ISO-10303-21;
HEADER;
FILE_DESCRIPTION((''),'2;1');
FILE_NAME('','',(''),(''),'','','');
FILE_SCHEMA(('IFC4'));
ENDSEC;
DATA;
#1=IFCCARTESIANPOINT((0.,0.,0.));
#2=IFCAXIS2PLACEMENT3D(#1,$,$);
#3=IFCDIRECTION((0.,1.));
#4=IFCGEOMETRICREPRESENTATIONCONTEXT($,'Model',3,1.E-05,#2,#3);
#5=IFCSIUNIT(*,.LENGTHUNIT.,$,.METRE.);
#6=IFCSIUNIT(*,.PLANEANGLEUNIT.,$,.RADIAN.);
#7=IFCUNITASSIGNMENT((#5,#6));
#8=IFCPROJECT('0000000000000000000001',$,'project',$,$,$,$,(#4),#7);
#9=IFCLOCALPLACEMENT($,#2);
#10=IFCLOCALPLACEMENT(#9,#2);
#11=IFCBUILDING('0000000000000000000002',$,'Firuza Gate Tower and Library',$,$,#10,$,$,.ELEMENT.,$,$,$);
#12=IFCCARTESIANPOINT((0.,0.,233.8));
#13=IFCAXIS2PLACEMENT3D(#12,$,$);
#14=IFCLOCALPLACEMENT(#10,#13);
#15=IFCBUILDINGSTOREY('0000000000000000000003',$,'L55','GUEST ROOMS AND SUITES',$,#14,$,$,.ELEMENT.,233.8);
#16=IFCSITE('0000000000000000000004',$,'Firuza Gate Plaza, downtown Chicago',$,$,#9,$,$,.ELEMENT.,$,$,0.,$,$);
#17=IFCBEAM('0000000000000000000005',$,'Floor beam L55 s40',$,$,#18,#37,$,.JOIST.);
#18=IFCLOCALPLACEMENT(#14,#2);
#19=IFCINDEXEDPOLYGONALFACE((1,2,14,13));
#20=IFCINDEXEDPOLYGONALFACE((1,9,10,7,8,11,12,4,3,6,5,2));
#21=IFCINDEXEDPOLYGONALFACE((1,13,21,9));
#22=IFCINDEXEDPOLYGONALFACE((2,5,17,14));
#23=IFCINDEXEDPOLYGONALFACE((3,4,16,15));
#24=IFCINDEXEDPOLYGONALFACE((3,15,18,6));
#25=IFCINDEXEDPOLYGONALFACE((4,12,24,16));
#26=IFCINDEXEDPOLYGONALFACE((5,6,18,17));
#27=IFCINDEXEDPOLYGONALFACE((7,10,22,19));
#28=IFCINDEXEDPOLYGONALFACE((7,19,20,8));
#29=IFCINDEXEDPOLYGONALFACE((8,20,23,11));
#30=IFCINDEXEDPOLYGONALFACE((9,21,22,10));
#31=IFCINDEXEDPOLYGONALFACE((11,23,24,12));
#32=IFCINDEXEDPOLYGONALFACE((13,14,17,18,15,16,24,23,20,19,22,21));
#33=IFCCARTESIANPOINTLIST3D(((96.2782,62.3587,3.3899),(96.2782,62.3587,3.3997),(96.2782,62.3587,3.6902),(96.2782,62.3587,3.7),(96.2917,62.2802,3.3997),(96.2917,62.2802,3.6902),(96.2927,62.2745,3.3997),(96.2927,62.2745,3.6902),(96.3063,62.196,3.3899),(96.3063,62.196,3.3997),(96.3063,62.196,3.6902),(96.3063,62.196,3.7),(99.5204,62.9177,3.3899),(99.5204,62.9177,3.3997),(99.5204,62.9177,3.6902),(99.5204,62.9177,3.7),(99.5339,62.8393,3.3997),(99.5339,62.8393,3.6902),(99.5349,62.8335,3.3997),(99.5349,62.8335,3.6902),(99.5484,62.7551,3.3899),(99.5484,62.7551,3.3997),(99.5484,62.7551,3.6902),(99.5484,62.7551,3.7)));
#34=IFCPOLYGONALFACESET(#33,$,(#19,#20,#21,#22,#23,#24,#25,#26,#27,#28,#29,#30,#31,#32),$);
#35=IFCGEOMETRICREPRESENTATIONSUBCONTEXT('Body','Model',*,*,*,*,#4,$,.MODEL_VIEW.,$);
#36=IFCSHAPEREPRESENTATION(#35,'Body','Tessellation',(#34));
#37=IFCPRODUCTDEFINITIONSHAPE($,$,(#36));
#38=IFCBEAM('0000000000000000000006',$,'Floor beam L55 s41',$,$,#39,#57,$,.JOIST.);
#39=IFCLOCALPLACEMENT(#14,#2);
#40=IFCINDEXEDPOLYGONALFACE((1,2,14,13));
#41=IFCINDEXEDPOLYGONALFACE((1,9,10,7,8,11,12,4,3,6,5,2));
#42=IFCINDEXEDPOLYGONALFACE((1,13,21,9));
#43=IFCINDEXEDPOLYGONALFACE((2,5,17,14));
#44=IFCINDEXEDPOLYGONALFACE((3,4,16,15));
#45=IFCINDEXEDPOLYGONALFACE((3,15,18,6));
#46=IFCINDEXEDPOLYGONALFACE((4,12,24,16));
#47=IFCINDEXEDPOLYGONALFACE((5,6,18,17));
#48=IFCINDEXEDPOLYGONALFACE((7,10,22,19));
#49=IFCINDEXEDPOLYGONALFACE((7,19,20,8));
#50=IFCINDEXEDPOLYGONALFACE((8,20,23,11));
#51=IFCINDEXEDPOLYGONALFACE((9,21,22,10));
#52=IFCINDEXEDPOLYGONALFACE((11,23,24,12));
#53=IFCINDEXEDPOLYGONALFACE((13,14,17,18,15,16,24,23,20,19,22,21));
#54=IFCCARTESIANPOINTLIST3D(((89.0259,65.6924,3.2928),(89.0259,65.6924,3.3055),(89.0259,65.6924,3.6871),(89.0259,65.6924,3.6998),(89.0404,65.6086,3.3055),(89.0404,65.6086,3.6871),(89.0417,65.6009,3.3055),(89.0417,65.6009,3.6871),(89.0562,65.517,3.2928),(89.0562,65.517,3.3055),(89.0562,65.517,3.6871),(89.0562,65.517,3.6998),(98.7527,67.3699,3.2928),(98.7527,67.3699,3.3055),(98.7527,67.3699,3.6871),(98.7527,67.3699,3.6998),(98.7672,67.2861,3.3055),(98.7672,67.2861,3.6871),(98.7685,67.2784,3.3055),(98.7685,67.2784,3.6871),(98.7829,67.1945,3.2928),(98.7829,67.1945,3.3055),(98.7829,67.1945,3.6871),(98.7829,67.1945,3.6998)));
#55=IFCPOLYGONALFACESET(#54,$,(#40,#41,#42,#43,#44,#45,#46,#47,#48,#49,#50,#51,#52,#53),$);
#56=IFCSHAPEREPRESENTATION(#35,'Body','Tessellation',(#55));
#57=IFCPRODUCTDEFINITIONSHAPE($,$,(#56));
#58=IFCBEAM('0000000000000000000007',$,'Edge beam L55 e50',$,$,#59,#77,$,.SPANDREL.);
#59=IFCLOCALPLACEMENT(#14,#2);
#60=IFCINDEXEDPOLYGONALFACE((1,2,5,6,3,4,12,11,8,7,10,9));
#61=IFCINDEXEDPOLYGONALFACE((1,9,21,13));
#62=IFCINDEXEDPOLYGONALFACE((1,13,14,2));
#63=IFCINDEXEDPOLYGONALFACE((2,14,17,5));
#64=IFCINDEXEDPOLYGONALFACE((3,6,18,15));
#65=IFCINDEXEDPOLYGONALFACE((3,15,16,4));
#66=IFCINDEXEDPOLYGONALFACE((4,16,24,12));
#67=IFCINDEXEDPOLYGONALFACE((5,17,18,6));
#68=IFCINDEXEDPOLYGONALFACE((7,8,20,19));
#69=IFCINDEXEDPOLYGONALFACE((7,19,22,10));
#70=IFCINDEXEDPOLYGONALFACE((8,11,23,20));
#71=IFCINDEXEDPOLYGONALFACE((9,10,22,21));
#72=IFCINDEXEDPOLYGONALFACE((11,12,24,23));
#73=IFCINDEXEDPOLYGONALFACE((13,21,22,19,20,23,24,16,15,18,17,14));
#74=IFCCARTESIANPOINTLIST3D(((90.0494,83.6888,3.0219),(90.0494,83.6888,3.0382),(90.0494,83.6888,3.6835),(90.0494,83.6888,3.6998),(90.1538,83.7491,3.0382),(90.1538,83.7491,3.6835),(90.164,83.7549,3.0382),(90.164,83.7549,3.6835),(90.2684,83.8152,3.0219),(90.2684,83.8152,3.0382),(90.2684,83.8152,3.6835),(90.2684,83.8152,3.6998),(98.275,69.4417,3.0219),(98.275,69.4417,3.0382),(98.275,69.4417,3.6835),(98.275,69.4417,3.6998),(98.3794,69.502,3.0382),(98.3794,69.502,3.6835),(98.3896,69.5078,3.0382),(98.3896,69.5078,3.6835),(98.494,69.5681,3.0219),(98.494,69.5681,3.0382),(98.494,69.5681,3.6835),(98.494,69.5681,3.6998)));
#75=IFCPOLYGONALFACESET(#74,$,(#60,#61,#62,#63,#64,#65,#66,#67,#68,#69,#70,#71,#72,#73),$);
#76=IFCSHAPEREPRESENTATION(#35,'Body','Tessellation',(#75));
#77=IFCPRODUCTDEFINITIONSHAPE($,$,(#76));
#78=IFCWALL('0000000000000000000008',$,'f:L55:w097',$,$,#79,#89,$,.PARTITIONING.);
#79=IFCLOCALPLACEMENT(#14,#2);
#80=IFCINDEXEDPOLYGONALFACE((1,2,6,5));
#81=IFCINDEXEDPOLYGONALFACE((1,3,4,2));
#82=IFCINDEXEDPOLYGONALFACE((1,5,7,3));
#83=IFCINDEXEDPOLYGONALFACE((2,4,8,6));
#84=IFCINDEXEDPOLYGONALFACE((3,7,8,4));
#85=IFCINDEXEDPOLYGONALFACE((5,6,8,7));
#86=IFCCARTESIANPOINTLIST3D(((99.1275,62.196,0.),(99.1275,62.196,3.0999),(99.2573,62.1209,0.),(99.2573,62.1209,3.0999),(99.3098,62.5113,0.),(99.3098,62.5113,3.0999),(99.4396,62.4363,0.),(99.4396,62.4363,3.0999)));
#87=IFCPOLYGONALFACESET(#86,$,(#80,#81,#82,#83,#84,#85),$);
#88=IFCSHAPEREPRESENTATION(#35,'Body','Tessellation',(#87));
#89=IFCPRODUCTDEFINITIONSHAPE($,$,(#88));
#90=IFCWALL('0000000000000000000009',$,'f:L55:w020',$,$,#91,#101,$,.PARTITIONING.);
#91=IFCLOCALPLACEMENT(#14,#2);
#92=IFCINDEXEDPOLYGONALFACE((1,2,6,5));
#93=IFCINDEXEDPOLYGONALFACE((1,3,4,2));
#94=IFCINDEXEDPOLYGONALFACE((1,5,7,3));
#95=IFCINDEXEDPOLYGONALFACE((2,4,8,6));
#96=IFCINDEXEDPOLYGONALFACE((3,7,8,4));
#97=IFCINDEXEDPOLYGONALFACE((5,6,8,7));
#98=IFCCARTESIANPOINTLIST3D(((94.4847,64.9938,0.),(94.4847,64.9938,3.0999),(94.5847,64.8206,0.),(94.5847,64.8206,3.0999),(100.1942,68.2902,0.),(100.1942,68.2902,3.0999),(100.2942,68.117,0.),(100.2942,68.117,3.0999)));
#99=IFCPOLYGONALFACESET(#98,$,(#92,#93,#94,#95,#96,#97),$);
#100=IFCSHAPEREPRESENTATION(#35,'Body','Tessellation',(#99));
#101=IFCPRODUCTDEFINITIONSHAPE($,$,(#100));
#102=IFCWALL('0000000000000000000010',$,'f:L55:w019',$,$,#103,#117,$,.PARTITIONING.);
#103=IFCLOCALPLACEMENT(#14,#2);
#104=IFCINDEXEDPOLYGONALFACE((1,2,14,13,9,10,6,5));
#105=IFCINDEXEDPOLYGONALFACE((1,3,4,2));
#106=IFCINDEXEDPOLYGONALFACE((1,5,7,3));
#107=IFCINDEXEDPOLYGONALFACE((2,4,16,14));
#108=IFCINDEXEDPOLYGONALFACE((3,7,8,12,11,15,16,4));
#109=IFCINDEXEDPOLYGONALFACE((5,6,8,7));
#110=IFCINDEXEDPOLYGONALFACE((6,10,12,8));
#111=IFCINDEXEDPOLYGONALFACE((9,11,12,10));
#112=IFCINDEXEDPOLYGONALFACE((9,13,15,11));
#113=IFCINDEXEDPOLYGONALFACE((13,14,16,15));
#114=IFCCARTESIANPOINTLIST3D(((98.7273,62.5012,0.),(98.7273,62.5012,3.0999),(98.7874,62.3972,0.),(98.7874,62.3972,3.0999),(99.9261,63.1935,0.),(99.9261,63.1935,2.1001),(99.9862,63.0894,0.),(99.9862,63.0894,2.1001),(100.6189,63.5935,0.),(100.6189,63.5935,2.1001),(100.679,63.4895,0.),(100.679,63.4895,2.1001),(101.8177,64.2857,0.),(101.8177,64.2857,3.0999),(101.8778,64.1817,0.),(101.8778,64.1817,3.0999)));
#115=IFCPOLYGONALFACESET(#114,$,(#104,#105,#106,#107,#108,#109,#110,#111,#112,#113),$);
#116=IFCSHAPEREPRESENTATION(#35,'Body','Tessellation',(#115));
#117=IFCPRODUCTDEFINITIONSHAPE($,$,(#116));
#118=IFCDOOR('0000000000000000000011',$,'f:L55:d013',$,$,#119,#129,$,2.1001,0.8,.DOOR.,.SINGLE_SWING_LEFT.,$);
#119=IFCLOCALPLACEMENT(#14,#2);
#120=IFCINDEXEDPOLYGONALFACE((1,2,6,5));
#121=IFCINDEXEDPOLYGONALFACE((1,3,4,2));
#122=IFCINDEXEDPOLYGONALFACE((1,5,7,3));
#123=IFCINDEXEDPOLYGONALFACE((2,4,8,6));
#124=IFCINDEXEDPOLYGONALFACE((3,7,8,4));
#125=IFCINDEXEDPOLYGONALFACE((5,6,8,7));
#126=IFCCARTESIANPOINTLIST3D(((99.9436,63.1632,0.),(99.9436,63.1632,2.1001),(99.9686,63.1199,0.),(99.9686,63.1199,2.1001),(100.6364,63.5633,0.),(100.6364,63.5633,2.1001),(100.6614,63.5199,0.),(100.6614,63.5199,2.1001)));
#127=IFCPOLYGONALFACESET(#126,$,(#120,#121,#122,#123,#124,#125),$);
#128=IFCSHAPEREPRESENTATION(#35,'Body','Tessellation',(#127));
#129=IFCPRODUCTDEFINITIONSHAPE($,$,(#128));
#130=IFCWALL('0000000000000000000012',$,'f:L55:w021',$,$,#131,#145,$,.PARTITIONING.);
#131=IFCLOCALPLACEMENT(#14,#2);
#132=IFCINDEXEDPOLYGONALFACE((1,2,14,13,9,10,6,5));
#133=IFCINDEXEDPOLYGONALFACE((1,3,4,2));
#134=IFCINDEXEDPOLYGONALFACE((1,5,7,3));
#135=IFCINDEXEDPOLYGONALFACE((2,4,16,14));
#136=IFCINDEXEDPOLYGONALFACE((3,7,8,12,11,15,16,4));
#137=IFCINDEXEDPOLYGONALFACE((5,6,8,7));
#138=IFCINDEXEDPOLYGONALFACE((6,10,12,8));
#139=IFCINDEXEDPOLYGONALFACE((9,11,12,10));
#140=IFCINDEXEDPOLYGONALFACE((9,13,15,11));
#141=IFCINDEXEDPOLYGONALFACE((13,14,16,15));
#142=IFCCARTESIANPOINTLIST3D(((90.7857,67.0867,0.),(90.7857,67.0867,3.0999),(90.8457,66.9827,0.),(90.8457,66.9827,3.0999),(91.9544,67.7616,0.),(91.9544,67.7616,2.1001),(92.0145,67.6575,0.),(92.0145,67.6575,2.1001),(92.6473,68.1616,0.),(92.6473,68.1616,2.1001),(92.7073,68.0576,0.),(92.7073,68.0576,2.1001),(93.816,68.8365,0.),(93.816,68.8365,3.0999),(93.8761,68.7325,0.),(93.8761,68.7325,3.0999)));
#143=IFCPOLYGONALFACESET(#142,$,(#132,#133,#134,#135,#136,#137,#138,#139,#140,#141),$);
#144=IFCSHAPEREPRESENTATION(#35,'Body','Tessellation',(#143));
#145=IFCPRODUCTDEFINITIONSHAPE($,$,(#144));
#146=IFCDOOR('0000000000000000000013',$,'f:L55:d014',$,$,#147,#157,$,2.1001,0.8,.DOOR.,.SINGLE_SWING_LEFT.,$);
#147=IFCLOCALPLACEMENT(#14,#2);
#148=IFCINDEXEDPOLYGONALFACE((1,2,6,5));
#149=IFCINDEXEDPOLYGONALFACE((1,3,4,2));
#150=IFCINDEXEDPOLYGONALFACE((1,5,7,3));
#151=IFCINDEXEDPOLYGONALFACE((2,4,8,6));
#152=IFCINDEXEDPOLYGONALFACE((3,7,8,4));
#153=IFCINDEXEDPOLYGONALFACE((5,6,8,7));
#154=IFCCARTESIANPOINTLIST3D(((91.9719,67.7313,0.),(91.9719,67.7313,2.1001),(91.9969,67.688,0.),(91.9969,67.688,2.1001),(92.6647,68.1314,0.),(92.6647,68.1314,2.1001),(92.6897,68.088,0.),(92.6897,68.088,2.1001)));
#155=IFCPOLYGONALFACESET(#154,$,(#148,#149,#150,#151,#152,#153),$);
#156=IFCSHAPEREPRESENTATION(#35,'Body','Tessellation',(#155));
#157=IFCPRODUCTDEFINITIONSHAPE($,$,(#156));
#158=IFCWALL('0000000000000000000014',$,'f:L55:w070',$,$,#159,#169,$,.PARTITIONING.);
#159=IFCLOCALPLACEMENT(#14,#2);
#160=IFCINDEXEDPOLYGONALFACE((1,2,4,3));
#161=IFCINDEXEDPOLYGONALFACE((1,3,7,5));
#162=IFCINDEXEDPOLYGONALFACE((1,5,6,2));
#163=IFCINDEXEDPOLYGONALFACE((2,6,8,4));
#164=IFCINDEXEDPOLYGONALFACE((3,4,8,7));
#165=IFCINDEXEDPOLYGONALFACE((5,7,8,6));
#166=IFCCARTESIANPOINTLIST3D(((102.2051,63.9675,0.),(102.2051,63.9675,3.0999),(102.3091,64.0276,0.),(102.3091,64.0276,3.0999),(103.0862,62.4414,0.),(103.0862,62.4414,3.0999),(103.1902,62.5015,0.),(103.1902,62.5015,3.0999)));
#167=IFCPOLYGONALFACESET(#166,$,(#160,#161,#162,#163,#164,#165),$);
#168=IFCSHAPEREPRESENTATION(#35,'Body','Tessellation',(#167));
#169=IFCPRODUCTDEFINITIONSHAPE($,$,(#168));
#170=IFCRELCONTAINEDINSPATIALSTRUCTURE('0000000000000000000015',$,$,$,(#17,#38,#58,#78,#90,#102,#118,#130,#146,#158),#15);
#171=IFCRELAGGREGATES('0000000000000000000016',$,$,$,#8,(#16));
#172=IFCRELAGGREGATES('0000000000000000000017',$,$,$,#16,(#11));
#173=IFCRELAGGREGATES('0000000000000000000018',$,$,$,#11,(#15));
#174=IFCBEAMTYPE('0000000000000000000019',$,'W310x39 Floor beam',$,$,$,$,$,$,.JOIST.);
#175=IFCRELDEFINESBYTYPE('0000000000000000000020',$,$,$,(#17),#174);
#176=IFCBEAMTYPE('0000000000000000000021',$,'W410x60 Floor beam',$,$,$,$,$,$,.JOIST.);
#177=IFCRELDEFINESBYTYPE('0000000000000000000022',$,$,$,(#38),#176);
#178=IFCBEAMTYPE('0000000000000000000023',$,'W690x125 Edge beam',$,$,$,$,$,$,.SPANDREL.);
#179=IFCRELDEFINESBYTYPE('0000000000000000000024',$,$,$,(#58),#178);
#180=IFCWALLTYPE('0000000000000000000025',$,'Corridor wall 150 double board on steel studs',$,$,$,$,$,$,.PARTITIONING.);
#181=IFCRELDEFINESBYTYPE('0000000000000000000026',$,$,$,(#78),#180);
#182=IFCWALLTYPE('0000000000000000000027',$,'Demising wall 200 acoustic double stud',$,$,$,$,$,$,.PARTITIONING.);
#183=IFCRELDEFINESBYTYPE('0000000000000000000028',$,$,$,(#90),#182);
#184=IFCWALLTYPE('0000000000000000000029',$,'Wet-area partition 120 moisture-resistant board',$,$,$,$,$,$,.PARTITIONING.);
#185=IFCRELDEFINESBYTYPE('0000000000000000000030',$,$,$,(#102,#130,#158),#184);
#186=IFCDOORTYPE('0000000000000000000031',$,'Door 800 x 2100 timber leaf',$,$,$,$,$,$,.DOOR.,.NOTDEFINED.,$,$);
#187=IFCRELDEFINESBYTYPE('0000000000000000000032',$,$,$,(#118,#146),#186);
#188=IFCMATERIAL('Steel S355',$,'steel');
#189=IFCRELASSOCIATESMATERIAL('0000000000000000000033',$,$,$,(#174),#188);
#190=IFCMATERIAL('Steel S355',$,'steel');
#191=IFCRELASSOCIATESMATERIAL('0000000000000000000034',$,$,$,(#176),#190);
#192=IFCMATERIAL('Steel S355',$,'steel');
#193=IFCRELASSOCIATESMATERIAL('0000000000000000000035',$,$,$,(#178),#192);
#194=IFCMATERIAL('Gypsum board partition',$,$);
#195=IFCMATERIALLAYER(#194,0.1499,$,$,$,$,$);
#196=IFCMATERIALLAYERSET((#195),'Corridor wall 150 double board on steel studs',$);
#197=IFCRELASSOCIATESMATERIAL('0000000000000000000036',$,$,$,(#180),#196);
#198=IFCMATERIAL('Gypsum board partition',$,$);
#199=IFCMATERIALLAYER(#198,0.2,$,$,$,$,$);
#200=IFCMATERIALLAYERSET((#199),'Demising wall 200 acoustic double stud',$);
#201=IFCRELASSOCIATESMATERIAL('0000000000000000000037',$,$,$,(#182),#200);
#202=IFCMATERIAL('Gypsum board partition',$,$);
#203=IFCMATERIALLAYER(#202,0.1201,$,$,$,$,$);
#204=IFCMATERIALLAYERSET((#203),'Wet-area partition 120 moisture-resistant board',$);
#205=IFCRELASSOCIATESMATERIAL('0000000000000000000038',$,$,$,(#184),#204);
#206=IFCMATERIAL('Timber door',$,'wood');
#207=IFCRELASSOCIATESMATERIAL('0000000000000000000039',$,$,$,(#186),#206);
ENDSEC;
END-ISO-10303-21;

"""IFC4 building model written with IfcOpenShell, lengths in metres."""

from ifc_helpers import new_model, si_unit, direction, frame, frame_2d, origin, origin_2d, place, context, subcontext, project, spatial, rectangle, i_section, extrude, material, layer, layer_set, material_profile, profile_set, type_object, element, fill, save


model = new_model("IFC4")

# Units and contexts
model_context = context("Model", 3, precision=1e-05, world=origin(), true_north=direction((0.0, 1.0)))
body_context = subcontext(model_context, "Body", "Model", "MODEL_VIEW")
ifc_project = project(units=[si_unit("LENGTHUNIT", "METRE"), si_unit("PLANEANGLEUNIT", "RADIAN")], contexts=[model_context])

# Site, building, storey
site_placement = place(None, origin())
site = spatial("IfcSite", under=ifc_project, at=site_placement, Name="Firuza Gate Plaza, downtown Chicago", CompositionType="ELEMENT", RefElevation=0.0)
building_placement = place(site_placement, origin())
building = spatial("IfcBuilding", under=site, at=building_placement, Name="Firuza Gate Tower and Library", CompositionType="ELEMENT")
storey_placement = place(building_placement, frame((0.0, 0.0, 233.8)))
storey = spatial("IfcBuildingStorey", under=building, at=storey_placement, Name="L55", Description="GUEST ROOMS AND SUITES", CompositionType="ELEMENT", Elevation=233.8)

# Beams
ifc_material_1 = material(Name="Steel S355", Category="steel")
ifc_material_profile_1 = material_profile(ifc_material_1, i_section(OverallWidth=0.165, OverallDepth=0.3101, WebThickness=0.0059, FlangeThickness=0.0098, at=origin_2d()))
ifc_profile_set_1 = profile_set([ifc_material_profile_1], Name="Steel S355")
beam_type_1 = type_object("IfcBeamType", Name="W310x39 Floor beam", PredefinedType="JOIST", material=ifc_profile_set_1)
beam_1_placement = place(storey_placement, frame((99.5344, 62.8364, 3.5449), z_axis=(-0.985456, -0.169932, 0.0), x_axis=(0.169932, -0.985456, 0.0)))
element("IfcBeam", 1, at=beam_1_placement, inside=storey, type_object=beam_type_1, Name="Floor beam L55 s40", PredefinedType="JOIST", context=body_context, shape_type="SweptSolid", body=[
    extrude(i_section(OverallWidth=0.165, OverallDepth=0.3101, WebThickness=0.0059, FlangeThickness=0.0098, at=origin_2d()), origin(), (0.0, 0.0, 1.0), 3.29),
])
ifc_material_2 = material(Name="Steel S355", Category="steel")
ifc_material_profile_2 = material_profile(ifc_material_2, i_section(OverallWidth=0.178, OverallDepth=0.407, WebThickness=0.0078, FlangeThickness=0.0127, at=origin_2d()))
ifc_profile_set_2 = profile_set([ifc_material_profile_2], Name="Steel S355")
beam_type_2 = type_object("IfcBeamType", Name="W410x60 Floor beam", PredefinedType="JOIST", material=ifc_profile_set_2)
beam_2_placement = place(storey_placement, frame((98.7678, 67.2822, 3.4963), z_axis=(-0.985452, -0.169952, 0.0), x_axis=(0.169952, -0.985452, 0.0)))
element("IfcBeam", 2, at=beam_2_placement, inside=storey, type_object=beam_type_2, Name="Floor beam L55 s41", PredefinedType="JOIST", context=body_context, shape_type="SweptSolid", body=[
    extrude(i_section(OverallWidth=0.178, OverallDepth=0.407, WebThickness=0.0078, FlangeThickness=0.0127, at=origin_2d()), origin(), (0.0, 0.0, 1.0), 9.8704),
])
ifc_material_3 = material(Name="Steel S355", Category="steel")
ifc_material_profile_3 = material_profile(ifc_material_3, i_section(OverallWidth=0.2529, OverallDepth=0.678, WebThickness=0.0117, FlangeThickness=0.0164, at=origin_2d()))
ifc_profile_set_3 = profile_set([ifc_material_profile_3], Name="Steel S355")
beam_type_3 = type_object("IfcBeamType", Name="W690x125 Edge beam", PredefinedType="SPANDREL", material=ifc_profile_set_3)
beam_3_placement = place(storey_placement, frame((98.3845, 69.5049, 3.3608), z_axis=(-0.500002, 0.866024, 0.0), x_axis=(-0.866024, -0.500002, 0.0)))
element("IfcBeam", 3, at=beam_3_placement, inside=storey, type_object=beam_type_3, Name="Edge beam L55 e50", PredefinedType="SPANDREL", context=body_context, shape_type="SweptSolid", body=[
    extrude(i_section(OverallWidth=0.2529, OverallDepth=0.678, WebThickness=0.0117, FlangeThickness=0.0164, at=origin_2d()), origin(), (0.0, 0.0, 1.0), 16.4512),
])

# Walls
ifc_material_4 = material(Name="Gypsum board partition")
ifc_layer_1 = layer(ifc_material_4, 0.1499)
ifc_layer_set_1 = layer_set([ifc_layer_1], Name="Corridor wall 150 double board on steel studs")
wall_type_1 = type_object("IfcWallType", Name="Corridor wall 150 double board on steel studs", PredefinedType="PARTITIONING", material=ifc_layer_set_1)
wall_1_placement = place(storey_placement, frame((99.1924, 62.1584, 0.0), z_axis=(0.0, 0.0, 1.0), x_axis=(0.500534, 0.865717, 0.0)))
element("IfcWall", 4, at=wall_1_placement, inside=storey, type_object=wall_type_1, Name="f:L55:w097", PredefinedType="PARTITIONING", context=body_context, shape_type="SweptSolid", body=[
    extrude(rectangle(XDim=0.3643, YDim=0.1499, at=frame_2d((0.1821, 0.0))), origin(), (0.0, 0.0, 1.0), 3.0999),
])
ifc_material_5 = material(Name="Gypsum board partition")
ifc_layer_2 = layer(ifc_material_5, 0.2)
ifc_layer_set_2 = layer_set([ifc_layer_2], Name="Demising wall 200 acoustic double stud")
wall_type_2 = type_object("IfcWallType", Name="Demising wall 200 acoustic double stud", PredefinedType="PARTITIONING", material=ifc_layer_set_2)
wall_2_placement = place(storey_placement, frame((94.5347, 64.9072, 0.0), z_axis=(0.0, 0.0, 1.0), x_axis=(0.866024, 0.500002, 0.0)))
element("IfcWall", 5, at=wall_2_placement, inside=storey, type_object=wall_type_2, Name="f:L55:w020", PredefinedType="PARTITIONING", context=body_context, shape_type="SweptSolid", body=[
    extrude(rectangle(XDim=6.5928, YDim=0.2, at=frame_2d((3.2964, 0.0))), origin(), (0.0, 0.0, 1.0), 3.0999),
])

# Walls, openings, doors
ifc_material_6 = material(Name="Gypsum board partition")
ifc_layer_3 = layer(ifc_material_6, 0.1201)
ifc_layer_set_3 = layer_set([ifc_layer_3], Name="Wet-area partition 120 moisture-resistant board")
wall_type_3 = type_object("IfcWallType", Name="Wet-area partition 120 moisture-resistant board", PredefinedType="PARTITIONING", material=ifc_layer_set_3)
wall_3_placement = place(storey_placement, frame((101.8477, 64.2336, 0.0), z_axis=(0.0, 0.0, 1.0), x_axis=(-0.865999, -0.500046, 0.0)))
wall_3 = element("IfcWall", 6, at=wall_3_placement, inside=storey, type_object=wall_type_3, Name="f:L55:w019", PredefinedType="PARTITIONING", context=body_context, shape_type="SweptSolid", body=[
    extrude(rectangle(XDim=3.5686, YDim=0.1201, at=frame_2d((1.7842, 0.0))), origin(), (0.0, 0.0, 1.0), 3.0999),
])
opening_1_placement = place(wall_3_placement, frame((1.3843, 0.0, 0.0)))
opening_1 = element("IfcOpeningElement", 7, at=opening_1_placement, cuts=wall_3, PredefinedType="OPENING", context=body_context, shape_type="SweptSolid", body=[
    extrude(rectangle(XDim=0.8, YDim=2.1001, at=frame_2d((0.3999, 1.05))), frame((0.0, 0.0701, 0.0), z_axis=(0.0, -1.0, 0.0), x_axis=(1.0, 0.0, 0.0)), (0.0, 0.0, 1.0), 0.1401),
])
ifc_material_7 = material(Name="Timber door", Category="wood")
door_type = type_object("IfcDoorType", Name="Door 800 x 2100 timber leaf", OperationType="NOTDEFINED", PredefinedType="DOOR", material=ifc_material_7)
door_1_placement = place(opening_1_placement, origin())
door_1 = element("IfcDoor", 8, at=door_1_placement, inside=storey, type_object=door_type, Name="f:L55:d013", OperationType="SINGLE_SWING_LEFT", OverallHeight=2.1001, OverallWidth=0.8, PredefinedType="DOOR", context=body_context, shape_type="SweptSolid", body=[
    extrude(rectangle(XDim=0.8, YDim=2.1001, at=frame_2d((0.3999, 1.05))), frame((0.0, 0.0249, 0.0), z_axis=(0.0, -1.0, 0.0), x_axis=(1.0, 0.0, 0.0)), (0.0, 0.0, 1.0), 0.05),
])
fill(opening_1, door_1)
wall_4_placement = place(storey_placement, frame((93.8459, 68.7844, 0.0), z_axis=(0.0, 0.0, 1.0), x_axis=(-0.865997, -0.500049, 0.0)))
wall_4 = element("IfcWall", 9, at=wall_4_placement, inside=storey, type_object=wall_type_3, Name="f:L55:w021", PredefinedType="PARTITIONING", context=body_context, shape_type="SweptSolid", body=[
    extrude(rectangle(XDim=3.4993, YDim=0.1201, at=frame_2d((1.7495, 0.0))), origin(), (0.0, 0.0, 1.0), 3.0999),
])
opening_2_placement = place(wall_4_placement, frame((1.3496, 0.0, 0.0)))
opening_2 = element("IfcOpeningElement", 10, at=opening_2_placement, cuts=wall_4, PredefinedType="OPENING", context=body_context, shape_type="SweptSolid", body=[
    extrude(rectangle(XDim=0.8, YDim=2.1001, at=frame_2d((0.3999, 1.05))), frame((0.0, 0.0701, 0.0), z_axis=(0.0, -1.0, 0.0), x_axis=(1.0, 0.0, 0.0)), (0.0, 0.0, 1.0), 0.1401),
])
door_2_placement = place(opening_2_placement, origin())
door_2 = element("IfcDoor", 11, at=door_2_placement, inside=storey, type_object=door_type, Name="f:L55:d014", OperationType="SINGLE_SWING_LEFT", OverallHeight=2.1001, OverallWidth=0.8, PredefinedType="DOOR", context=body_context, shape_type="SweptSolid", body=[
    extrude(rectangle(XDim=0.8, YDim=2.1001, at=frame_2d((0.3999, 1.05))), frame((0.0, 0.0249, 0.0), z_axis=(0.0, -1.0, 0.0), x_axis=(1.0, 0.0, 0.0)), (0.0, 0.0, 1.0), 0.05),
])
fill(opening_2, door_2)

# Wall
wall_5_placement = place(storey_placement, frame((103.1382, 62.4714, 0.0), z_axis=(0.0, 0.0, 1.0), x_axis=(-0.499998, 0.866026, 0.0)))
element("IfcWall", 12, at=wall_5_placement, inside=storey, type_object=wall_type_3, Name="f:L55:w070", PredefinedType="PARTITIONING", context=body_context, shape_type="SweptSolid", body=[
    extrude(rectangle(XDim=1.7622, YDim=0.1201, at=frame_2d((0.8811, 0.0))), origin(), (0.0, 0.0, 1.0), 3.0999),
])

save(model, "model.ifc")
